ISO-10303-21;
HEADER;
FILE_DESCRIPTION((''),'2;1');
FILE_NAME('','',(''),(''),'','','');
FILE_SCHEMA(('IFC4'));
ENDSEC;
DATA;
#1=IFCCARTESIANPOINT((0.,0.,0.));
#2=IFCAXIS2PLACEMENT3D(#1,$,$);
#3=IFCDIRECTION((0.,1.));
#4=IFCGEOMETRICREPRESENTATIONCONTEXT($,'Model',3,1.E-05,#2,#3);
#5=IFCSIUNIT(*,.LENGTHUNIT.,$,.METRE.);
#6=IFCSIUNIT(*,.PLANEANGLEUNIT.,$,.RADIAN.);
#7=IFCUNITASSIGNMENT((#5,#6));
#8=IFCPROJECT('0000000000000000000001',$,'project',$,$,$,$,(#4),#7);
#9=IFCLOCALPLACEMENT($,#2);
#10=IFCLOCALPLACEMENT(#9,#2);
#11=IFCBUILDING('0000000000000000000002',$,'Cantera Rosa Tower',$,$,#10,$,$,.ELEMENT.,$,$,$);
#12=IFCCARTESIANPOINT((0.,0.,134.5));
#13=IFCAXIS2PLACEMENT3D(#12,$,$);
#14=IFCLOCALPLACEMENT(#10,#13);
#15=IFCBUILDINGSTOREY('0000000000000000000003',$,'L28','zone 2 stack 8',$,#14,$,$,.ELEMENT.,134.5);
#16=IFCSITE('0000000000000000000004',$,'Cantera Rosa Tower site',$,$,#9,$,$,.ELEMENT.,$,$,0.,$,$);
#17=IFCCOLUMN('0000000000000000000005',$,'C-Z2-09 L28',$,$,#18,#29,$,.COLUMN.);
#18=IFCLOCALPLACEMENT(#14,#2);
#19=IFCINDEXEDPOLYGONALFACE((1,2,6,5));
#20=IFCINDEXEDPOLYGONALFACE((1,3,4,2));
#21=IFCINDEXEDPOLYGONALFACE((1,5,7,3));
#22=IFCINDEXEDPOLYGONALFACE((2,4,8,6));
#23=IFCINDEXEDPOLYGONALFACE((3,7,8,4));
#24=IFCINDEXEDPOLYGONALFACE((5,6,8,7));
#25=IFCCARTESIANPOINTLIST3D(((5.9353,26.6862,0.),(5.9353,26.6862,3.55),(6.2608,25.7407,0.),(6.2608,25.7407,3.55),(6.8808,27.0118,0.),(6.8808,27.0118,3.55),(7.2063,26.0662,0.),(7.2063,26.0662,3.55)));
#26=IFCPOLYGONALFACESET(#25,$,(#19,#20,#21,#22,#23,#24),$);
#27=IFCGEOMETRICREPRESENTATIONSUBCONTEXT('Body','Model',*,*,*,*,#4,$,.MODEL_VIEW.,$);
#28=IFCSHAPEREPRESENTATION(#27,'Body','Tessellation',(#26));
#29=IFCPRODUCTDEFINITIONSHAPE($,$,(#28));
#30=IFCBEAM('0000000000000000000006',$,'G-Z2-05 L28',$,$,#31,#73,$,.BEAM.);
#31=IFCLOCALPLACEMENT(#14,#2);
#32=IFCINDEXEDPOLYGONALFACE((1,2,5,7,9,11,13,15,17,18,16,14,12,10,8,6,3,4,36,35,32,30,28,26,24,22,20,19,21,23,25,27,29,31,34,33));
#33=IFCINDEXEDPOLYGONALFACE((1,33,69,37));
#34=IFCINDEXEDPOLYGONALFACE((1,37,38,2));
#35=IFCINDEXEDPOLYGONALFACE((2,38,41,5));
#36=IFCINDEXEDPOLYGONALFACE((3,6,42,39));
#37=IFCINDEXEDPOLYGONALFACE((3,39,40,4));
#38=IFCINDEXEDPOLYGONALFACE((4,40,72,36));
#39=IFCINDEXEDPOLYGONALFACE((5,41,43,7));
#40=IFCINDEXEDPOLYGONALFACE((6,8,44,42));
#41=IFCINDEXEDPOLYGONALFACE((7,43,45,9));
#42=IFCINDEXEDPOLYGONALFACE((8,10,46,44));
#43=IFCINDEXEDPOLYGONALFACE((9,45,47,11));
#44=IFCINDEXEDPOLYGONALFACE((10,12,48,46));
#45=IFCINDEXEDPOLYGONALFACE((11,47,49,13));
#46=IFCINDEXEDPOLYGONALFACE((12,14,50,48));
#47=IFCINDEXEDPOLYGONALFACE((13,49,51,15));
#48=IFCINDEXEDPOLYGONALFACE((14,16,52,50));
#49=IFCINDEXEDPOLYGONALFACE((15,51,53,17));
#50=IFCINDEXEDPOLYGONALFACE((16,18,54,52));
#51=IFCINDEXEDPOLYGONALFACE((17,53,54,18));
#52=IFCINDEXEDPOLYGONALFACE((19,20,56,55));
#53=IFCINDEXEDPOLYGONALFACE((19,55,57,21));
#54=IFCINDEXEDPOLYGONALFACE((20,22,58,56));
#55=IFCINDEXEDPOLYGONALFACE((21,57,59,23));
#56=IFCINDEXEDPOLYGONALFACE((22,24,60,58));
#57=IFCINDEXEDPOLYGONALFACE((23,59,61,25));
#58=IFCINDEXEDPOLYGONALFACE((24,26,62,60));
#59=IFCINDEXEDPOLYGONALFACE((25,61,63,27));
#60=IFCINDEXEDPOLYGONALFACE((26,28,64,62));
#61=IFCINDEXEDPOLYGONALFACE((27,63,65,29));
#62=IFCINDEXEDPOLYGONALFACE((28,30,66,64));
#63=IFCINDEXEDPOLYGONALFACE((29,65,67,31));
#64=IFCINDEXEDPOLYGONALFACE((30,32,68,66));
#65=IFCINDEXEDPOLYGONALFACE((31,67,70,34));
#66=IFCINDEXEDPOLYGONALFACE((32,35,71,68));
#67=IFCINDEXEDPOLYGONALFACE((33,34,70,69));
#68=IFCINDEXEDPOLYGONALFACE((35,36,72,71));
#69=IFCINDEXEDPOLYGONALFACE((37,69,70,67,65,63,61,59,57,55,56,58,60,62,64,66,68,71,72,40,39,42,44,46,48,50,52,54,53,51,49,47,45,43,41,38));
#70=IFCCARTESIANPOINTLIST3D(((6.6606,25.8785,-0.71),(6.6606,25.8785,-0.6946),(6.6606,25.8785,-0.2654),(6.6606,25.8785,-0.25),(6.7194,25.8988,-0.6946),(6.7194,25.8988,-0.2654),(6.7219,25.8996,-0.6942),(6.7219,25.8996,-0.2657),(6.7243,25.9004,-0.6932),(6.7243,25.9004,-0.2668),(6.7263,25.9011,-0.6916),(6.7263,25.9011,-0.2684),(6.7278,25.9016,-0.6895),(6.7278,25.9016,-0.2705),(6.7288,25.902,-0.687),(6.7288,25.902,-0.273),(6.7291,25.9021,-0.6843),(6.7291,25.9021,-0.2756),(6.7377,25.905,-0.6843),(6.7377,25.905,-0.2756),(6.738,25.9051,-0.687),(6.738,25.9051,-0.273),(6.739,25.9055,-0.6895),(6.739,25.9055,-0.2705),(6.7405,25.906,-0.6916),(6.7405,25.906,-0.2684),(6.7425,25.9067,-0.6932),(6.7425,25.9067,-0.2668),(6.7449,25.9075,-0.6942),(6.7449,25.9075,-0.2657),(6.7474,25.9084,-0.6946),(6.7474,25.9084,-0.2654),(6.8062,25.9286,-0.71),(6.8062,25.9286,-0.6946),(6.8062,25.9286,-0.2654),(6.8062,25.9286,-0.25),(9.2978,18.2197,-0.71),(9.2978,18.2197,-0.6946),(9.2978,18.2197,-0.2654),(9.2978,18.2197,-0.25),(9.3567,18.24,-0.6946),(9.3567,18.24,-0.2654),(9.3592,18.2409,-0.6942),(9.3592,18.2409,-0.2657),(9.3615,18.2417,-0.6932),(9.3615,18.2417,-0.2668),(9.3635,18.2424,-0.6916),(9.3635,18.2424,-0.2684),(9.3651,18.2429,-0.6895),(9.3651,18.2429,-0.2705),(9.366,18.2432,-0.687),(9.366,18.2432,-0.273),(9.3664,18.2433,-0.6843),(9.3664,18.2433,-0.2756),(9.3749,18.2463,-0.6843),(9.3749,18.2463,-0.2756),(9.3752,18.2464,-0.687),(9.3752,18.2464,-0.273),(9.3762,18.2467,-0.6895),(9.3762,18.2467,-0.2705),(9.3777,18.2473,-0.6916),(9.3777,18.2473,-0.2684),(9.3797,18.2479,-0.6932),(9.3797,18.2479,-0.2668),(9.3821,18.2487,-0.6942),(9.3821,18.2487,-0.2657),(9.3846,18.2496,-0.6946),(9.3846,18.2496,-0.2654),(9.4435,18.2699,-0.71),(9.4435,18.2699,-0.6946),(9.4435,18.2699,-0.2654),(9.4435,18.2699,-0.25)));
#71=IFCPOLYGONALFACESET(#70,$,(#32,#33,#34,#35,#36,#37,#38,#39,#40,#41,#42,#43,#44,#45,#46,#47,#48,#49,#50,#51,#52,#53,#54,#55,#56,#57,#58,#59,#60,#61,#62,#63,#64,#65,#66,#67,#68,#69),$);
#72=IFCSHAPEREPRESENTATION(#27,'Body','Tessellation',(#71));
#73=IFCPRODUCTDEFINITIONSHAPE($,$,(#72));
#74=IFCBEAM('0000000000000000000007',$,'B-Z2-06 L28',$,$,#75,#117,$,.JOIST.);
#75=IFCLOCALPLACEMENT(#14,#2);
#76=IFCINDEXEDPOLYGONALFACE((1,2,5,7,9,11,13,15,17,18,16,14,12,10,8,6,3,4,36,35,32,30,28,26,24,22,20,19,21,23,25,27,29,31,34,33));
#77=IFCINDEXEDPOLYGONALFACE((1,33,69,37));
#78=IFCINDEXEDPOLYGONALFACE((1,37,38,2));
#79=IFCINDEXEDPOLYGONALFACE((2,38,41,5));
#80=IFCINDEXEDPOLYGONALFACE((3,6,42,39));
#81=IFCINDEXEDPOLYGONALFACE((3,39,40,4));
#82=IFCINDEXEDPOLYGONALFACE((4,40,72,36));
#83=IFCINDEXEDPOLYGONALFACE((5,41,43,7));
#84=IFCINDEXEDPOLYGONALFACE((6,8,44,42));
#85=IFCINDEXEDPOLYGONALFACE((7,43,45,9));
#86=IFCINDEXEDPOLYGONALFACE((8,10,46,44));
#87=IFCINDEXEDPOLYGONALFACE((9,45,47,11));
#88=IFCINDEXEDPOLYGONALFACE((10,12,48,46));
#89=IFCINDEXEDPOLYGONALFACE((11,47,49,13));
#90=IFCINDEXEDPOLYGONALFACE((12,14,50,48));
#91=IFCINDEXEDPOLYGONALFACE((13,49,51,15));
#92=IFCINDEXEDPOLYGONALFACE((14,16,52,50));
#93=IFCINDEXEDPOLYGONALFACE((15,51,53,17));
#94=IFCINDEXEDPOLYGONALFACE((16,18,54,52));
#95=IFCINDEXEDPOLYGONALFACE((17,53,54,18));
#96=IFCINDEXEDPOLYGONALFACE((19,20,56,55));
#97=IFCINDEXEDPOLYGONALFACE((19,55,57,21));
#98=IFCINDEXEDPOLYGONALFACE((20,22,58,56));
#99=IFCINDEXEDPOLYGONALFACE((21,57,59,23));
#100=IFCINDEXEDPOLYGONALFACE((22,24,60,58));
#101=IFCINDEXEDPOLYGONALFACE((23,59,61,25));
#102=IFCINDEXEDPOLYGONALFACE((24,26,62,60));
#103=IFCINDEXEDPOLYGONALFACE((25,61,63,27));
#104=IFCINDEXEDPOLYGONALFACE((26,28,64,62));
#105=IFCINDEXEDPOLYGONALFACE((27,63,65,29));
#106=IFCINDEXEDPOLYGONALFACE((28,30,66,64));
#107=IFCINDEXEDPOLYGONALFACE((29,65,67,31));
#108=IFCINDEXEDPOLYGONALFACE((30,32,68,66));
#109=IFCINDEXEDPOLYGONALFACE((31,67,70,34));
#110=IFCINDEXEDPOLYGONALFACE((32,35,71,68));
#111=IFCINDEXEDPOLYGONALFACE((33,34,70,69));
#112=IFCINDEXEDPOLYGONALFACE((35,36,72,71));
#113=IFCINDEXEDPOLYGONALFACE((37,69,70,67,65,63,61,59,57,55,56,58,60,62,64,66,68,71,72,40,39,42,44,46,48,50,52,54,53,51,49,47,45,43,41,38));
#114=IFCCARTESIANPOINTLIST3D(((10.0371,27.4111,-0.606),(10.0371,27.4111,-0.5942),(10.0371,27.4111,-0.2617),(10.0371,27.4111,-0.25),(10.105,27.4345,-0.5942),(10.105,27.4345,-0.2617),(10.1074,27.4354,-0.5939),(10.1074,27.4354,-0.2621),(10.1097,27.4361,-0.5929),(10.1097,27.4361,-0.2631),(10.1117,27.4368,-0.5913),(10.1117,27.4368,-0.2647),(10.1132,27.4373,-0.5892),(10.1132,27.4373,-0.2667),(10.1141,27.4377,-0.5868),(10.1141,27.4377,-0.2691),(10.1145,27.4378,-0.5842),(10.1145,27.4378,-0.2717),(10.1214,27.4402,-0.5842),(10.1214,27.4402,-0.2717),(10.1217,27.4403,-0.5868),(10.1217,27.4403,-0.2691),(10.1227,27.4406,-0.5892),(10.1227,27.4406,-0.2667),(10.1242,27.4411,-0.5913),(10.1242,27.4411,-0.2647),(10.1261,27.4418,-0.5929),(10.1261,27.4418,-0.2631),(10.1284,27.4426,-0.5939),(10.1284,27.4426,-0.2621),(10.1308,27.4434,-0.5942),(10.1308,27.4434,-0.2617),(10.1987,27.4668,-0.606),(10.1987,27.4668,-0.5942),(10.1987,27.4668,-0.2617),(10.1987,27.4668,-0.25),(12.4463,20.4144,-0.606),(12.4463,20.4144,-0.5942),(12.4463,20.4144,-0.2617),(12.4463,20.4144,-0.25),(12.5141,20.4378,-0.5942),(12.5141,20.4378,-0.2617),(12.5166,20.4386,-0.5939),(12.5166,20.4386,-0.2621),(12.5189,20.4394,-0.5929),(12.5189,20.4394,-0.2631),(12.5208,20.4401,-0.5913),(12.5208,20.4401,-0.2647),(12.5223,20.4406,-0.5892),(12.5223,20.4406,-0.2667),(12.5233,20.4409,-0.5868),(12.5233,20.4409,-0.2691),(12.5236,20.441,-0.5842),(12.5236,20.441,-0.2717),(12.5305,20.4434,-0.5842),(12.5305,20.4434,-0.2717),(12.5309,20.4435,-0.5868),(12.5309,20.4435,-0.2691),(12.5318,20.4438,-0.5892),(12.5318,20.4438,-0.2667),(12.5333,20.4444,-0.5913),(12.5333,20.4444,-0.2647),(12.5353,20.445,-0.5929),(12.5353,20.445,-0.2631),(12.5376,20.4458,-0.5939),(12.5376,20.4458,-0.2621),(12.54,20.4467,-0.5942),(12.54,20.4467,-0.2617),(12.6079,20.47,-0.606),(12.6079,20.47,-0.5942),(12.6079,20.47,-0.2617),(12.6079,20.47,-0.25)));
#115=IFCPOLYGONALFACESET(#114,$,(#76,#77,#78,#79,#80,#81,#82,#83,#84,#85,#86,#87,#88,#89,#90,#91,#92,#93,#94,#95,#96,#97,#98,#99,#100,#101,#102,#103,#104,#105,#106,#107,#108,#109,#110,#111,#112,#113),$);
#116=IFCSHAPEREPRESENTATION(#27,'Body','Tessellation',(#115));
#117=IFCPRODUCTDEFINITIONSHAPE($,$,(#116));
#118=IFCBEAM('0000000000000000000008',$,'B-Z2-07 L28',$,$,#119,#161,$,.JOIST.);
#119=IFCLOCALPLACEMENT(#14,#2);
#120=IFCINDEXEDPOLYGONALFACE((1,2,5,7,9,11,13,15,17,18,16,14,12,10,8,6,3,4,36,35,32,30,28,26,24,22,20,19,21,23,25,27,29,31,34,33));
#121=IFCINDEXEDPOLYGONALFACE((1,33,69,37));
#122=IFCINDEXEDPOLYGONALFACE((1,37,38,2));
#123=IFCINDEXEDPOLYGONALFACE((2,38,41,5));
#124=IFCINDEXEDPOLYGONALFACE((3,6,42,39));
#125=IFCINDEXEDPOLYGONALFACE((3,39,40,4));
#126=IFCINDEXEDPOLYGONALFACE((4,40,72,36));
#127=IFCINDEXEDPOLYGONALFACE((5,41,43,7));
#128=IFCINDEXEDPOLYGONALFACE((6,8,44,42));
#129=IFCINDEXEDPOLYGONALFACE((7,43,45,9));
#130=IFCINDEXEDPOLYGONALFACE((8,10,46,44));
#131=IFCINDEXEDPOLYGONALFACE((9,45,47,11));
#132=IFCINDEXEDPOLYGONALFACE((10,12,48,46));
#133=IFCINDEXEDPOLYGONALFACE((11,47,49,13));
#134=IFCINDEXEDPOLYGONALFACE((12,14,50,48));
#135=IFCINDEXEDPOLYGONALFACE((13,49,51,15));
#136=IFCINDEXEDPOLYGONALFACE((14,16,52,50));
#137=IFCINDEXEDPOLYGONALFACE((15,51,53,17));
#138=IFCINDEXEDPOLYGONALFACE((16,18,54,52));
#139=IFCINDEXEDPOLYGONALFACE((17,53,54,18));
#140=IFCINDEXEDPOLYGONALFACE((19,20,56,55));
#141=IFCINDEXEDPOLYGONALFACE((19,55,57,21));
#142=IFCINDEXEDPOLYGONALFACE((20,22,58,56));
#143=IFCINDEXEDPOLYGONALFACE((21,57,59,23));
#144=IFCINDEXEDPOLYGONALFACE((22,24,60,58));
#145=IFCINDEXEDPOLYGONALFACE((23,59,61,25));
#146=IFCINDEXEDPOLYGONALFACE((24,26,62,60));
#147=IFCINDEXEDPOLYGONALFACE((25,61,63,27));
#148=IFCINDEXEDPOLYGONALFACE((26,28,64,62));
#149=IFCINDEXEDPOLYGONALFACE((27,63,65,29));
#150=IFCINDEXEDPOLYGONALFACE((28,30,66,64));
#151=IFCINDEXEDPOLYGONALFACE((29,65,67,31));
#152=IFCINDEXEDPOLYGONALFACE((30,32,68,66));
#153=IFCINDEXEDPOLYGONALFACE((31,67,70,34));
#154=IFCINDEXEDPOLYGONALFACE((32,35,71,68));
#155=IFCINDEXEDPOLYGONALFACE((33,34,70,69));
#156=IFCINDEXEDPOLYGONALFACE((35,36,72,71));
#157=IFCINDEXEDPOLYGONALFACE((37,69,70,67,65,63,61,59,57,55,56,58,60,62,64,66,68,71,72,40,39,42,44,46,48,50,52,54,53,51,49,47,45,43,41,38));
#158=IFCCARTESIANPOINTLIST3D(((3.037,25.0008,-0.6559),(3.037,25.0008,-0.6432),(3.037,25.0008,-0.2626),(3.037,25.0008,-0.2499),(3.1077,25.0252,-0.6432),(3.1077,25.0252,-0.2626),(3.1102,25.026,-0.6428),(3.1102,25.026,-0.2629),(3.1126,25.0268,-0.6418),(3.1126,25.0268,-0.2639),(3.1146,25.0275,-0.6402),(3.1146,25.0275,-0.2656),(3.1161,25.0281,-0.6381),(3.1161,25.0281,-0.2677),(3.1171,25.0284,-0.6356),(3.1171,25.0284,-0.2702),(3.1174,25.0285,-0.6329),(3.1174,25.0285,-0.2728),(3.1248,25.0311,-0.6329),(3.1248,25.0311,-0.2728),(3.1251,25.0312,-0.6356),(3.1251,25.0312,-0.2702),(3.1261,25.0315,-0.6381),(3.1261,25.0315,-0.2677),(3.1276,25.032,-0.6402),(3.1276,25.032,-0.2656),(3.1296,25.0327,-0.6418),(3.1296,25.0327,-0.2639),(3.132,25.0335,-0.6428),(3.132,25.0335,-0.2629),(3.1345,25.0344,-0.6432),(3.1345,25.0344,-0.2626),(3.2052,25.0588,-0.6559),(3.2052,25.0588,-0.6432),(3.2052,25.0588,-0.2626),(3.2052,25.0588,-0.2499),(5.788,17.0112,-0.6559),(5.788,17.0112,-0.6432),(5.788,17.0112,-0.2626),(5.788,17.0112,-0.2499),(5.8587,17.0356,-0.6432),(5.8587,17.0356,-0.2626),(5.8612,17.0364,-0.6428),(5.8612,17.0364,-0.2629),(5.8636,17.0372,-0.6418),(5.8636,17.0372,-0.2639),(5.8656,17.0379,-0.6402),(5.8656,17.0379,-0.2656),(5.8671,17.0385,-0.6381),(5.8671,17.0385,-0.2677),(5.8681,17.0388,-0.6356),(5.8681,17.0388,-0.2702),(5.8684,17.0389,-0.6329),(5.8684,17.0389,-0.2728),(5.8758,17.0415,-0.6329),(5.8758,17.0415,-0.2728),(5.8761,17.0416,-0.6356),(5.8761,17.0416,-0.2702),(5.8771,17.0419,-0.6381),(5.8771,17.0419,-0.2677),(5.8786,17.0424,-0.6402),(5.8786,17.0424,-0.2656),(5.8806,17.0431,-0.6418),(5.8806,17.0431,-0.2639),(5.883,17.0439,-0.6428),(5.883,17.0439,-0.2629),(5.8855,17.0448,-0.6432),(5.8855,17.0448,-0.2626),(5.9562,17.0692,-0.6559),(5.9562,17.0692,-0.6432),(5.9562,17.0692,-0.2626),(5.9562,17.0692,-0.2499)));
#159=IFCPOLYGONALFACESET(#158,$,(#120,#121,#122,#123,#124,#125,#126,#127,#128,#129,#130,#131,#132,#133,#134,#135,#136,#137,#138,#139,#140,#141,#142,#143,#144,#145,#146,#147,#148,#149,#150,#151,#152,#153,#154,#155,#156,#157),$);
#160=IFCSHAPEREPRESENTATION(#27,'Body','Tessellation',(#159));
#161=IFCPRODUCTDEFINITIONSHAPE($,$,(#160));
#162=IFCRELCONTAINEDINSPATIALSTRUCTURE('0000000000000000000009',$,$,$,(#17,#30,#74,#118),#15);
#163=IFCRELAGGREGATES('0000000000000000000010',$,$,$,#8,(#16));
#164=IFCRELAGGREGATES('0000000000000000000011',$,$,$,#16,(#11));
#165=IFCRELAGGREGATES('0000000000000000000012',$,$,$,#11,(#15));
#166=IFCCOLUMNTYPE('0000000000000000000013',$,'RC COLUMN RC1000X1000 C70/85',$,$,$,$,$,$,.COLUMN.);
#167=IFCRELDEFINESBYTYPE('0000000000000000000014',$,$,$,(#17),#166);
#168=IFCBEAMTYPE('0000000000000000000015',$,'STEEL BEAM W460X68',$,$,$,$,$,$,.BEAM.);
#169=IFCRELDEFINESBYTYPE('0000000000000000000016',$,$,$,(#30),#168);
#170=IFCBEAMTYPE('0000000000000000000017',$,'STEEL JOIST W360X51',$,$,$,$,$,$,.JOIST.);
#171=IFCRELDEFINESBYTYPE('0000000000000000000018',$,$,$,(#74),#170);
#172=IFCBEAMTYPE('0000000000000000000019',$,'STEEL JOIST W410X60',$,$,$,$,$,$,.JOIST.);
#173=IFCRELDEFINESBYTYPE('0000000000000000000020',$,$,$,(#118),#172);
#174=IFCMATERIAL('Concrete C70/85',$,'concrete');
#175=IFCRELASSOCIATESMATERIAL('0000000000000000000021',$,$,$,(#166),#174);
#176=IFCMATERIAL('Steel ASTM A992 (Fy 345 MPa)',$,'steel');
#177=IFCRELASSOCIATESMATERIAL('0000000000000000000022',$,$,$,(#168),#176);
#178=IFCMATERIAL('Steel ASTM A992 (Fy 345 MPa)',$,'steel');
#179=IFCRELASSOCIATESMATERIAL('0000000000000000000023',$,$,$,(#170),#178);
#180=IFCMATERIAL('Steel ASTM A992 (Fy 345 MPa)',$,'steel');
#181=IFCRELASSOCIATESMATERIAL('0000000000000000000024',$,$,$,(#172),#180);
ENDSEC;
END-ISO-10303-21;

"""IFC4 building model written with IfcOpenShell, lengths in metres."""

from ifc_helpers import new_model, si_unit, direction, frame, origin, origin_2d, place, context, subcontext, project, spatial, rectangle, i_section, extrude, material, material_profile, profile_set, type_object, element, save


model = new_model("IFC4")

# Units and contexts
model_context = context("Model", 3, precision=1e-05, world=origin(), true_north=direction((0.0, 1.0)))
body_context = subcontext(model_context, "Body", "Model", "MODEL_VIEW")
ifc_project = project(units=[si_unit("LENGTHUNIT", "METRE"), si_unit("PLANEANGLEUNIT", "RADIAN")], contexts=[model_context])

# Site, building, storey
site_placement = place(None, origin())
site = spatial("IfcSite", under=ifc_project, at=site_placement, Name="Cantera Rosa Tower site", CompositionType="ELEMENT", RefElevation=0.0)
building_placement = place(site_placement, origin())
building = spatial("IfcBuilding", under=site, at=building_placement, Name="Cantera Rosa Tower", CompositionType="ELEMENT")
storey_placement = place(building_placement, frame((0.0, 0.0, 134.5)))
storey = spatial("IfcBuildingStorey", under=building, at=storey_placement, Name="L28", Description="zone 2 stack 8", CompositionType="ELEMENT", Elevation=134.5)

# Column
ifc_material_1 = material(Name="Concrete C70/85", Category="concrete")
ifc_material_profile_1 = material_profile(ifc_material_1, rectangle(XDim=1.0, YDim=1.0, at=origin_2d()), Name="RC COLUMN RC1000X1000 C70/85")
ifc_profile_set_1 = profile_set([ifc_material_profile_1], Name="Concrete C70/85")
column_type = type_object("IfcColumnType", Name="RC COLUMN RC1000X1000 C70/85", PredefinedType="COLUMN", material=ifc_profile_set_1)
column_placement = place(storey_placement, frame((6.5708, 26.3762, 0.0), z_axis=(0.0, 0.0, 1.0), x_axis=(0.945519, 0.325568, 0.0)))
element("IfcColumn", 1, at=column_placement, inside=storey, type_object=column_type, Name="C-Z2-09 L28", PredefinedType="COLUMN", context=body_context, shape_type="SweptSolid", body=[
    extrude(rectangle(XDim=1.0, YDim=1.0, at=origin_2d()), origin(), (0.0, 0.0, 1.0), 3.55),
])

# Beams
ifc_material_2 = material(Name="Steel ASTM A992 (Fy 345 MPa)", Category="steel")
ifc_material_profile_2 = material_profile(ifc_material_2, i_section(OverallWidth=0.1541, OverallDepth=0.46, WebThickness=0.009, FlangeThickness=0.0154, FilletRadius=0.0103, at=origin_2d()), Name="W460X68")
ifc_profile_set_2 = profile_set([ifc_material_profile_2], Name="Steel ASTM A992 (Fy 345 MPa)")
beam_type_1 = type_object("IfcBeamType", Name="STEEL BEAM W460X68", PredefinedType="BEAM", material=ifc_profile_set_2)
beam_1_placement = place(storey_placement, frame((6.7334, 25.9036, -0.48), z_axis=(0.32558, -0.945514, 0.0), x_axis=(0.945514, 0.32558, 0.0)))
element("IfcBeam", 2, at=beam_1_placement, inside=storey, type_object=beam_type_1, Name="G-Z2-05 L28", PredefinedType="BEAM", context=body_context, shape_type="SweptSolid", body=[
    extrude(i_section(OverallWidth=0.1541, OverallDepth=0.46, WebThickness=0.009, FlangeThickness=0.0154, FilletRadius=0.0103, at=origin_2d()), origin(), (0.0, 0.0, 1.0), 8.1001),
])
ifc_material_3 = material(Name="Steel ASTM A992 (Fy 345 MPa)", Category="steel")
ifc_material_profile_3 = material_profile(ifc_material_3, i_section(OverallWidth=0.1709, OverallDepth=0.356, WebThickness=0.0073, FlangeThickness=0.0117, FilletRadius=0.01, at=origin_2d()), Name="W360X51")
ifc_profile_set_3 = profile_set([ifc_material_profile_3], Name="Steel ASTM A992 (Fy 345 MPa)")
beam_type_2 = type_object("IfcBeamType", Name="STEEL JOIST W360X51", PredefinedType="JOIST", material=ifc_profile_set_3)
beam_2_placement = place(storey_placement, frame((10.1179, 27.439, -0.428), z_axis=(0.325566, -0.945519, 0.0), x_axis=(0.945519, 0.325566, 0.0)))
element("IfcBeam", 3, at=beam_2_placement, inside=storey, type_object=beam_type_2, Name="B-Z2-06 L28", PredefinedType="JOIST", context=body_context, shape_type="SweptSolid", body=[
    extrude(i_section(OverallWidth=0.1709, OverallDepth=0.356, WebThickness=0.0073, FlangeThickness=0.0117, FilletRadius=0.01, at=origin_2d()), origin(), (0.0, 0.0, 1.0), 7.3999),
])
ifc_material_4 = material(Name="Steel ASTM A992 (Fy 345 MPa)", Category="steel")
ifc_material_profile_4 = material_profile(ifc_material_4, i_section(OverallWidth=0.178, OverallDepth=0.406, WebThickness=0.0078, FlangeThickness=0.0127, FilletRadius=0.0103, at=origin_2d()), Name="W410X60")
ifc_profile_set_4 = profile_set([ifc_material_profile_4], Name="Steel ASTM A992 (Fy 345 MPa)")
beam_type_3 = type_object("IfcBeamType", Name="STEEL JOIST W410X60", PredefinedType="JOIST", material=ifc_profile_set_4)
beam_3_placement = place(storey_placement, frame((3.1211, 25.0298, -0.4529), z_axis=(0.325565, -0.94552, 0.0), x_axis=(0.94552, 0.325565, 0.0)))
element("IfcBeam", 4, at=beam_3_placement, inside=storey, type_object=beam_type_3, Name="B-Z2-07 L28", PredefinedType="JOIST", context=body_context, shape_type="SweptSolid", body=[
    extrude(i_section(OverallWidth=0.178, OverallDepth=0.406, WebThickness=0.0078, FlangeThickness=0.0127, FilletRadius=0.0103, at=origin_2d()), origin(), (0.0, 0.0, 1.0), 8.45),
])

save(model, "model.ifc")
